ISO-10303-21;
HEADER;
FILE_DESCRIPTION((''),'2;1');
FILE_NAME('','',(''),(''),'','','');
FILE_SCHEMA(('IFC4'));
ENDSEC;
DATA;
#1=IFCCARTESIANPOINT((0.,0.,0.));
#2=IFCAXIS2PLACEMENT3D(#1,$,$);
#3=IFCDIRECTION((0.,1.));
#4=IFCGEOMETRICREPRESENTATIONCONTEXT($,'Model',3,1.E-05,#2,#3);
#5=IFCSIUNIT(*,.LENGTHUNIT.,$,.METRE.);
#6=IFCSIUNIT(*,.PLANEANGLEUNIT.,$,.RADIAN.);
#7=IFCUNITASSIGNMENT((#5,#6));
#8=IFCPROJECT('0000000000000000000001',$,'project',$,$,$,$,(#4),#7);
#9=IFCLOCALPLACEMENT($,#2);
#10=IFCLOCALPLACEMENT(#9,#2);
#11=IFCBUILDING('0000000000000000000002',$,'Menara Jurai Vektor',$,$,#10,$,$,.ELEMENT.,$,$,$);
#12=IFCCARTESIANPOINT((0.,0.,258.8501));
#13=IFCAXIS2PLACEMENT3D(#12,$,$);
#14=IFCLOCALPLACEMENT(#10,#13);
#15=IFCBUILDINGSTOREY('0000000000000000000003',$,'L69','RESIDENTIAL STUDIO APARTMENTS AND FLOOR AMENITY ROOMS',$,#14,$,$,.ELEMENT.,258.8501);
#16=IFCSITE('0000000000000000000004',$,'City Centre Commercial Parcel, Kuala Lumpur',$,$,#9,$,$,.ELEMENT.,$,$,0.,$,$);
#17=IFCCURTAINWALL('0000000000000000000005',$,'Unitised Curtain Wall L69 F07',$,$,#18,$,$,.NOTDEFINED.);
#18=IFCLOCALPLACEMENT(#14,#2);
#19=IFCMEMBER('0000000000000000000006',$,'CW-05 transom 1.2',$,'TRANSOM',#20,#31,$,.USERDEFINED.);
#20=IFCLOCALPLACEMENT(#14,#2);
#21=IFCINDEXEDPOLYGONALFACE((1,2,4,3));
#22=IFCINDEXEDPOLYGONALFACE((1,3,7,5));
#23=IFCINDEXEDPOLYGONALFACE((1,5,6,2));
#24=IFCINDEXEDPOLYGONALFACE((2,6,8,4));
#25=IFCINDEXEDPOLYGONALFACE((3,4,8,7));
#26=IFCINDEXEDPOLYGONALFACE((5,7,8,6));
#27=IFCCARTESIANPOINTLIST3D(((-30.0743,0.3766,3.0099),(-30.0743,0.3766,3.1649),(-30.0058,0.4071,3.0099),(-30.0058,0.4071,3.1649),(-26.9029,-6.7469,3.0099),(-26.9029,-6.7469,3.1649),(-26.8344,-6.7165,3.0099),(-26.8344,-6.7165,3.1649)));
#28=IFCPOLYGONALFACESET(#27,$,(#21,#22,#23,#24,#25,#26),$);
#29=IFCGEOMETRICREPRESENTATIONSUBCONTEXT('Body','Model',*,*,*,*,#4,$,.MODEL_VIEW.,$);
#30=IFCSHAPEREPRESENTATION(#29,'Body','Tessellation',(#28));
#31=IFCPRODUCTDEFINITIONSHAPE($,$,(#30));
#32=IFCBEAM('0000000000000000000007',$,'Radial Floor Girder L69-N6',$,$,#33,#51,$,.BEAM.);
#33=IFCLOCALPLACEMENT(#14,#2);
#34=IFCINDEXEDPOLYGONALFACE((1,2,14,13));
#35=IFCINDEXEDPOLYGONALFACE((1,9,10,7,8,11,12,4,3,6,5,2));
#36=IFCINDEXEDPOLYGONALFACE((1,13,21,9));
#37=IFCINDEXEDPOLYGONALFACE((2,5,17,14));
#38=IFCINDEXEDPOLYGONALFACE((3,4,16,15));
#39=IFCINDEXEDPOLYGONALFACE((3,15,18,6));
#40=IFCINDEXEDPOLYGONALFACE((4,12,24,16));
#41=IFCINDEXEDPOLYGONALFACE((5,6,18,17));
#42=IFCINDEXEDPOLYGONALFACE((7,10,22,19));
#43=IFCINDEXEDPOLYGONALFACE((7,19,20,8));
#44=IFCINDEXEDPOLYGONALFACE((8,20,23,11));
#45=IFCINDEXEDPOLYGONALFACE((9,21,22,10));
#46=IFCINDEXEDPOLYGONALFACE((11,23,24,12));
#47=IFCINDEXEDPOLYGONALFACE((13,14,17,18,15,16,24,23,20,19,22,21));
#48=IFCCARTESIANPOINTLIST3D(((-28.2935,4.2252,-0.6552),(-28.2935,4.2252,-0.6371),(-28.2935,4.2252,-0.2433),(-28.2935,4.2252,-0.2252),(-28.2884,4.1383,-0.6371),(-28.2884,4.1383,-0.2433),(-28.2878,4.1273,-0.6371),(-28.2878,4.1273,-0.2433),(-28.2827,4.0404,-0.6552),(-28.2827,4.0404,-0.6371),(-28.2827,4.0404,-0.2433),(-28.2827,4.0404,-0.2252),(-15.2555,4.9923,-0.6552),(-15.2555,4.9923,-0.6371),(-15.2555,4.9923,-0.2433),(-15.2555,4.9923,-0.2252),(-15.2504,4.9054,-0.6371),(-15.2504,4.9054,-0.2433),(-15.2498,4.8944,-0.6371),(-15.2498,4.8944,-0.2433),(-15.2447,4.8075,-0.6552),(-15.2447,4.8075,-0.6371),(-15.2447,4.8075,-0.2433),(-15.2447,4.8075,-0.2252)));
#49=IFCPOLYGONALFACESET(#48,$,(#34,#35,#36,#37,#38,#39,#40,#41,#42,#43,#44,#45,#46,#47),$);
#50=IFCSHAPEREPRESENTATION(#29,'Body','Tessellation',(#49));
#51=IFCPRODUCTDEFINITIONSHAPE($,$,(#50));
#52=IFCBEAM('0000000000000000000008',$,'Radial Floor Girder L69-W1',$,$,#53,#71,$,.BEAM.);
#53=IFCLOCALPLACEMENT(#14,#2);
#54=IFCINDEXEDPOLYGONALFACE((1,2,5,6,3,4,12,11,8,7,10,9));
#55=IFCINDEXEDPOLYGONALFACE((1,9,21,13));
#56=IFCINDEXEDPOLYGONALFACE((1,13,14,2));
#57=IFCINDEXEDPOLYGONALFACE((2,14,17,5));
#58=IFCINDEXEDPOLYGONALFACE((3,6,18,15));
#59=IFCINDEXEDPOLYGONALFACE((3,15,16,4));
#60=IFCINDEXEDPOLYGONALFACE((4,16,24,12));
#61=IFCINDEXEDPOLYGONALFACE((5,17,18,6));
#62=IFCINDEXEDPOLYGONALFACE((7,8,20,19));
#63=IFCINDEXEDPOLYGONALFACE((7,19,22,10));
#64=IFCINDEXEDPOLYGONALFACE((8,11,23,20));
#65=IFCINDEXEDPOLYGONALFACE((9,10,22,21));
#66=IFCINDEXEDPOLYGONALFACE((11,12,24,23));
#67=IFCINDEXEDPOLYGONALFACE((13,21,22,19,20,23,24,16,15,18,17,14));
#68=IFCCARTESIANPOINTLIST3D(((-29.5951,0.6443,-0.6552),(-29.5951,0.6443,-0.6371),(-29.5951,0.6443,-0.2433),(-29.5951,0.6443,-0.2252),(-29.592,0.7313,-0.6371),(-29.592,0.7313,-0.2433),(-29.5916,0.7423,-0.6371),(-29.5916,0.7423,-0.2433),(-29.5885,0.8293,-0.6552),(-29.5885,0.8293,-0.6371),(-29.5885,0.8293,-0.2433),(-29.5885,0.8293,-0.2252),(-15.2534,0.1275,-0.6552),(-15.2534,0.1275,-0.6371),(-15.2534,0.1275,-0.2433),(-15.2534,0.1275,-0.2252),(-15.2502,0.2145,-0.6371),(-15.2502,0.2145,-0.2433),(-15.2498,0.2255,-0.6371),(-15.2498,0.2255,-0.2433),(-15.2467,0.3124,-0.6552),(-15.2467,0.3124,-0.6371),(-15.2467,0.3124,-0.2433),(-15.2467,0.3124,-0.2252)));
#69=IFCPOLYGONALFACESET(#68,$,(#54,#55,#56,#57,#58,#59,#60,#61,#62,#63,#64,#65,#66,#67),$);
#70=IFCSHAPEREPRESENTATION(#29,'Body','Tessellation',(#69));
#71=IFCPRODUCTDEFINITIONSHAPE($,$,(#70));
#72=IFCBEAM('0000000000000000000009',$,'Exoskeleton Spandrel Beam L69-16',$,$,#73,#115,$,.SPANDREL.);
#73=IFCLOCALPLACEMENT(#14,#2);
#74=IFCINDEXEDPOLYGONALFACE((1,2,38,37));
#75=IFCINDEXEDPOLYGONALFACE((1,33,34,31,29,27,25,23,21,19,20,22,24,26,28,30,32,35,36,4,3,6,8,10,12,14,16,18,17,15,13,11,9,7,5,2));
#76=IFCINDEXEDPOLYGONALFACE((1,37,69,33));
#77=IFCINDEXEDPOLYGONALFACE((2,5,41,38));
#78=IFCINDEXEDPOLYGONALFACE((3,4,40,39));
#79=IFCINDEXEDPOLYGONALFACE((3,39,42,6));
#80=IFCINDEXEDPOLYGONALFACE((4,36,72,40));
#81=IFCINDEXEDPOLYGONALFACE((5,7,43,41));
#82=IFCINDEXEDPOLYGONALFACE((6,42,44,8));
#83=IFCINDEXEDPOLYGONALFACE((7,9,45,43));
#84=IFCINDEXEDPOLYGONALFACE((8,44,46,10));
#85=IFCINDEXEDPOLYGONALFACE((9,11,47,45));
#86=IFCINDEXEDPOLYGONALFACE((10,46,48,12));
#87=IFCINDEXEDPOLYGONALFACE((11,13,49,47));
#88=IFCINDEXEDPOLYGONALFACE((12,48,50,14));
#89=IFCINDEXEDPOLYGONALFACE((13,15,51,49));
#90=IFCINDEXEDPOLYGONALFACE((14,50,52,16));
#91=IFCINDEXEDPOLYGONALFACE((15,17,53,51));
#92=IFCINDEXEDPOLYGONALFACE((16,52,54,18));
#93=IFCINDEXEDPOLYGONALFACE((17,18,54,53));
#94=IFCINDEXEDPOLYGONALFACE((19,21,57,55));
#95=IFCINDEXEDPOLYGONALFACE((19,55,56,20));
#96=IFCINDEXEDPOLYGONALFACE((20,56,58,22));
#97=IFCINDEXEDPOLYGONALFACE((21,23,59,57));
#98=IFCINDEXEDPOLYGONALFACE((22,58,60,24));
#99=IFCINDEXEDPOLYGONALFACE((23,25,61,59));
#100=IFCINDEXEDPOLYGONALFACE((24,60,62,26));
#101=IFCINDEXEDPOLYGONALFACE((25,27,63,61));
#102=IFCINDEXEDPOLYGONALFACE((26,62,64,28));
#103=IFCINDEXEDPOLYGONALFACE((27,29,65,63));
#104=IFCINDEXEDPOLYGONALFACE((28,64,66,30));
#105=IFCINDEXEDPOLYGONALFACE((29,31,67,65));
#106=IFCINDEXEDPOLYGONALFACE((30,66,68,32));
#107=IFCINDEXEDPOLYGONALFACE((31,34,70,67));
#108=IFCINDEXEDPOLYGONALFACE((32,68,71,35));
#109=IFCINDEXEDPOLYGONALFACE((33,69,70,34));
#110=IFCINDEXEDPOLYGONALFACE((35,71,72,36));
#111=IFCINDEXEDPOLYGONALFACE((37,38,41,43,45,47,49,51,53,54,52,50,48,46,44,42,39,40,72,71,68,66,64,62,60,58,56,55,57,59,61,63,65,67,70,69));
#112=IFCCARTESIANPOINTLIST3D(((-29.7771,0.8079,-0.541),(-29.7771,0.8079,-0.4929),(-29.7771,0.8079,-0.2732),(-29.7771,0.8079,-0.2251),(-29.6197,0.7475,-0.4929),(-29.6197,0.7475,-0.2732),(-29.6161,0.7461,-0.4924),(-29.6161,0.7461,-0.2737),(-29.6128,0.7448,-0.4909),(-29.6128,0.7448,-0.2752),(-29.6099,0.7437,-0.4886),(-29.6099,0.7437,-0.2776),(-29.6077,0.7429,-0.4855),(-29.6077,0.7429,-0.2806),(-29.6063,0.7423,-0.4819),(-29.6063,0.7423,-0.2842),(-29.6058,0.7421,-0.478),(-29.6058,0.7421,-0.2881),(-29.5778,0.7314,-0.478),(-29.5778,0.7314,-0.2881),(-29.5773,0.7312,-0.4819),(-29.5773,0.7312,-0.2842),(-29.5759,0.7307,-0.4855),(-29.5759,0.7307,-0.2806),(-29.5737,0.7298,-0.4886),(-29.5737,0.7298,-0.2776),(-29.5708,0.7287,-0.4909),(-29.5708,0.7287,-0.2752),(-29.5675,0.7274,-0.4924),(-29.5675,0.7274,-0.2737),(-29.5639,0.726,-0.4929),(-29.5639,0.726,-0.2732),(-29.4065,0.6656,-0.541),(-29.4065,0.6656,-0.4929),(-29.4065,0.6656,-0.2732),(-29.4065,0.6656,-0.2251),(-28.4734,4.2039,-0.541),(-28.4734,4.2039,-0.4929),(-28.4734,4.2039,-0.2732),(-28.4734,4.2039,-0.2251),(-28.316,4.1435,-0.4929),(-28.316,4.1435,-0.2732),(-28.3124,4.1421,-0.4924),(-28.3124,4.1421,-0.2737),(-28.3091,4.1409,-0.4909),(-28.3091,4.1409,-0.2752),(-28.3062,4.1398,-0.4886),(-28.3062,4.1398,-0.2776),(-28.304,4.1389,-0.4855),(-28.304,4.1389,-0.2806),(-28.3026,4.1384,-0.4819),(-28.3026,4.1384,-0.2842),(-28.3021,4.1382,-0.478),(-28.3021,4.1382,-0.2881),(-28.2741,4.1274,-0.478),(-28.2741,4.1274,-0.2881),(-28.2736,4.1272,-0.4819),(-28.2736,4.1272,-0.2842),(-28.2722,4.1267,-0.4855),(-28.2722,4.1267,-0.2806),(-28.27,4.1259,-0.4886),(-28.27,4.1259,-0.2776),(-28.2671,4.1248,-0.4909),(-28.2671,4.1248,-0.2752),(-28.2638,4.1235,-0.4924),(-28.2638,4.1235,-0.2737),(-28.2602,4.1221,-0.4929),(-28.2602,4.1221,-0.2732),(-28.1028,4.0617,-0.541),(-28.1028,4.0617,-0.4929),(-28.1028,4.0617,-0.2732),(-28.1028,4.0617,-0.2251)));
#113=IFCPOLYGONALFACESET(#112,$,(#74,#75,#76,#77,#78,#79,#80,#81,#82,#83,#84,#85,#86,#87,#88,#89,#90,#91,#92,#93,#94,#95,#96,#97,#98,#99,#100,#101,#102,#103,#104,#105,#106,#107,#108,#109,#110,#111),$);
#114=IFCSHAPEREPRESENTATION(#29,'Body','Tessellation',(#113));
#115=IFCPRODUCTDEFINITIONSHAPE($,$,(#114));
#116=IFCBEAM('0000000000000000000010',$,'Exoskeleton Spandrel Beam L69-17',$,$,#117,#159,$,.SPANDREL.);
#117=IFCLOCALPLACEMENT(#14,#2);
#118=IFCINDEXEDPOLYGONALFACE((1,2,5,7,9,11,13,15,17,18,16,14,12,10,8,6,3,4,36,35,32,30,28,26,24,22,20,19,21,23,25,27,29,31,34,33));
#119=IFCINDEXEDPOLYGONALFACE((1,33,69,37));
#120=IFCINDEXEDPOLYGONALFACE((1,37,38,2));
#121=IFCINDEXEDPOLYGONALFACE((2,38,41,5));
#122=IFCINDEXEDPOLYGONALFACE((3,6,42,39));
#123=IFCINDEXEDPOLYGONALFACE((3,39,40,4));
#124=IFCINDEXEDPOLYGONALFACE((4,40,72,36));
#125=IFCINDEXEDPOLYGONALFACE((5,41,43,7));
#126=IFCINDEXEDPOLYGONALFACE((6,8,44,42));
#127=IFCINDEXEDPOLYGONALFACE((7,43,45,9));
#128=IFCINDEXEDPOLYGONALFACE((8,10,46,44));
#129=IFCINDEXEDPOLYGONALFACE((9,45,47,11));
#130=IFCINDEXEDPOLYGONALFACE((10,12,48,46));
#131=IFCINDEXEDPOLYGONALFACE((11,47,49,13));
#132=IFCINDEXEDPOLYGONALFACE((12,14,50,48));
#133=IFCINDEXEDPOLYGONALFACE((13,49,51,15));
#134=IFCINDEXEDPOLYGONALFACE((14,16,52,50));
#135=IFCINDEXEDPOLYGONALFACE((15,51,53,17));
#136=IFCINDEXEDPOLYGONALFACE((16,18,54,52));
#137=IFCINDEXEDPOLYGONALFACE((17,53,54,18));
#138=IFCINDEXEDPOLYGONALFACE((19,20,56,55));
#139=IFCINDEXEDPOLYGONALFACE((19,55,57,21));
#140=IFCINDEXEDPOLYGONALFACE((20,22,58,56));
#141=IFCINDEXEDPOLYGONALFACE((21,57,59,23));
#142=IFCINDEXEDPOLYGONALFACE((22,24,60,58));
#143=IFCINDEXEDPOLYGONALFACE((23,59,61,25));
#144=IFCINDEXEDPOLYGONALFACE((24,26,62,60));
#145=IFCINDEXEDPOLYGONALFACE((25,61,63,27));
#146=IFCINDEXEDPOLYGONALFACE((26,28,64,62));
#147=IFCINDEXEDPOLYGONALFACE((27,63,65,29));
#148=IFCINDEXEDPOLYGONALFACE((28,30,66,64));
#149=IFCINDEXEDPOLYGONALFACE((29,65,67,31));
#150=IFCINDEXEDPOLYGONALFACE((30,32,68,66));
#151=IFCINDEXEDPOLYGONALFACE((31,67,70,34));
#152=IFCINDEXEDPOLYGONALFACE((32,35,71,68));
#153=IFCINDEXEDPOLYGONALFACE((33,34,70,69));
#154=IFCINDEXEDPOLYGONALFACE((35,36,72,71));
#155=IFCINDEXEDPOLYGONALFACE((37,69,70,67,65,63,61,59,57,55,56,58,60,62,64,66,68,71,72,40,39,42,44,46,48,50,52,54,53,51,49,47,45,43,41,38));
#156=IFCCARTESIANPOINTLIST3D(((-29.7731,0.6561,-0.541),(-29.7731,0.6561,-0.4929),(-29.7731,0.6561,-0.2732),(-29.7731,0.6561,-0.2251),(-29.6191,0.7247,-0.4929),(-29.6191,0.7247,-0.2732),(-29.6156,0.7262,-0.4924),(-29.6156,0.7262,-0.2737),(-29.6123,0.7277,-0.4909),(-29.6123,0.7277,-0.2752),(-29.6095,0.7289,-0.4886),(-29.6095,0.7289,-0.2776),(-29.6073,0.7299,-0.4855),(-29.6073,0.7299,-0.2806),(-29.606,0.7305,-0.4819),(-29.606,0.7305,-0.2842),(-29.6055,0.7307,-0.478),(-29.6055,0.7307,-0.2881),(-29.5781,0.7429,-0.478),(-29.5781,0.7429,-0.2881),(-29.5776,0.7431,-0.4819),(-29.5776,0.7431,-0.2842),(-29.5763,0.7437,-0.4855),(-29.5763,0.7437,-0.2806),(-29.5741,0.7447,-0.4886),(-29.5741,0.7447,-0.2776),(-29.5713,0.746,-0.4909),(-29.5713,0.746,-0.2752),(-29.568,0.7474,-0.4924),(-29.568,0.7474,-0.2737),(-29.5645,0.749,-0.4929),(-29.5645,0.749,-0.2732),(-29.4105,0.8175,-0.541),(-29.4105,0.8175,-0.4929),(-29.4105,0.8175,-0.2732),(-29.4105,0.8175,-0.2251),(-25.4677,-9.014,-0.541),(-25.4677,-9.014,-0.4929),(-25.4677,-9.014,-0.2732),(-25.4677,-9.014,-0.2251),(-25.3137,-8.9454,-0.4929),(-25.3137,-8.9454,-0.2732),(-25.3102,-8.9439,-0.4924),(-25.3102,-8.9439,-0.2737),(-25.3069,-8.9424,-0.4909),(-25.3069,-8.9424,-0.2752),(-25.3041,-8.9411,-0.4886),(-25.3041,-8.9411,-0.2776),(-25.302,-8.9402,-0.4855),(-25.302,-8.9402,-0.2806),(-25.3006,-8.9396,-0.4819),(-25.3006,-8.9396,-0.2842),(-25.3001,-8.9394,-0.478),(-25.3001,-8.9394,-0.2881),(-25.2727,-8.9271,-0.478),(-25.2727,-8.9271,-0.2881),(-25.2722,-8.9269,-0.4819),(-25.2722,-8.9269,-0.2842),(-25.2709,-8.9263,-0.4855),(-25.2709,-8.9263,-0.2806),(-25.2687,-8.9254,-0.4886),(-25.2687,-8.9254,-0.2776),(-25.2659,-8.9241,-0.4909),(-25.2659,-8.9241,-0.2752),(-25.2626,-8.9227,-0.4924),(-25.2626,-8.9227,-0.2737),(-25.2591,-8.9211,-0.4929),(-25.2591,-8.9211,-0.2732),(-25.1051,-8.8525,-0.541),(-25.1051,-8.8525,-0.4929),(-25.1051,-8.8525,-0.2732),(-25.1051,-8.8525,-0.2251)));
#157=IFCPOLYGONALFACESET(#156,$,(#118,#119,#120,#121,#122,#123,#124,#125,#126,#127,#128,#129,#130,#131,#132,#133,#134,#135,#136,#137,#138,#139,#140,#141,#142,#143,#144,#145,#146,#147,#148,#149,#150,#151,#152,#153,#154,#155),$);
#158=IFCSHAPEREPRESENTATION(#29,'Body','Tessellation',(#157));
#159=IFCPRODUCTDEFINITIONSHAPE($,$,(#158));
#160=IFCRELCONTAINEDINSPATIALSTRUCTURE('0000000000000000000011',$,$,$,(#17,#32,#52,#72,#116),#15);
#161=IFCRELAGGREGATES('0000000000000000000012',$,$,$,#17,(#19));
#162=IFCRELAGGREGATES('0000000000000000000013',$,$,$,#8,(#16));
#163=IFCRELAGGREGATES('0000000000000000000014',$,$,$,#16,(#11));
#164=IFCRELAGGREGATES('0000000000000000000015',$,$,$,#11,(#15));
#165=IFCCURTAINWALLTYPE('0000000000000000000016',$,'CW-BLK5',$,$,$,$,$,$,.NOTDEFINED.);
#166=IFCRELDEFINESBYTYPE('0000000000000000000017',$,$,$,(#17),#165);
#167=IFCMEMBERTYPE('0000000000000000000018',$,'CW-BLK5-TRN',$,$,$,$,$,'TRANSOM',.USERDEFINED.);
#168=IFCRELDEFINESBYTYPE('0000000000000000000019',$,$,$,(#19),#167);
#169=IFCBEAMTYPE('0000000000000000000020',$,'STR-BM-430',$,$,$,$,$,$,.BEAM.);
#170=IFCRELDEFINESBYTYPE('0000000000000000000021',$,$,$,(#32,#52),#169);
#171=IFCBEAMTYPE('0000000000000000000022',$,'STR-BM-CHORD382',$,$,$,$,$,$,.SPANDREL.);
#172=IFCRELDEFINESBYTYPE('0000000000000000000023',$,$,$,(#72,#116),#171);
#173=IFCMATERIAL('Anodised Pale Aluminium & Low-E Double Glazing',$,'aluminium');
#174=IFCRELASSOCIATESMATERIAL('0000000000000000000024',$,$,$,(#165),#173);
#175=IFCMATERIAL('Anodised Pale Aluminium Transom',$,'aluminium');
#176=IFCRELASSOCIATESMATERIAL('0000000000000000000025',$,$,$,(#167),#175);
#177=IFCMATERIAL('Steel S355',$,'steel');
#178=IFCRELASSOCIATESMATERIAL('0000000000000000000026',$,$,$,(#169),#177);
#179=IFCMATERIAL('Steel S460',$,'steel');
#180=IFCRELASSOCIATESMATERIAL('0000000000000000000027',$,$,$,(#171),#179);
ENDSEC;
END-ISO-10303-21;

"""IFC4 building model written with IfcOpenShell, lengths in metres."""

from ifc_helpers import new_model, si_unit, direction, frame, origin, origin_2d, place, context, subcontext, project, spatial, rectangle, i_section, extrude, material, material_profile, profile_set, type_object, element, aggregate, save


model = new_model("IFC4")

# Units and contexts
model_context = context("Model", 3, precision=1e-05, world=origin(), true_north=direction((0.0, 1.0)))
body_context = subcontext(model_context, "Body", "Model", "MODEL_VIEW")
ifc_project = project(units=[si_unit("LENGTHUNIT", "METRE"), si_unit("PLANEANGLEUNIT", "RADIAN")], contexts=[model_context])

# Site, building, storey
site_placement = place(None, origin())
site = spatial("IfcSite", under=ifc_project, at=site_placement, Name="City Centre Commercial Parcel, Kuala Lumpur", CompositionType="ELEMENT", RefElevation=0.0)
building_placement = place(site_placement, origin())
building = spatial("IfcBuilding", under=site, at=building_placement, Name="Menara Jurai Vektor", CompositionType="ELEMENT")
storey_placement = place(building_placement, frame((0.0, 0.0, 258.8501)))
storey = spatial("IfcBuildingStorey", under=building, at=storey_placement, Name="L69", Description="RESIDENTIAL STUDIO APARTMENTS AND FLOOR AMENITY ROOMS", CompositionType="ELEMENT", Elevation=258.8501)

# Shared definitions
ifc_material_1 = material(Name="Steel S460", Category="steel")

# Shared definitions
ifc_material_2 = material(Name="Anodised Pale Aluminium & Low-E Double Glazing", Category="aluminium")
curtain_wall_type = type_object("IfcCurtainWallType", Name="CW-BLK5", PredefinedType="NOTDEFINED", material=ifc_material_2)

# Curtain wall
curtain_wall_1_placement = place(storey_placement, origin())
curtain_wall_1 = element("IfcCurtainWall", 1, at=curtain_wall_1_placement, inside=storey, type_object=curtain_wall_type, Name="Unitised Curtain Wall L69 F07", PredefinedType="NOTDEFINED")

# Member
ifc_material_3 = material(Name="Anodised Pale Aluminium Transom", Category="aluminium")
ifc_material_profile_1 = material_profile(ifc_material_3, rectangle(XDim=0.075, YDim=0.155, at=origin_2d()), Name="ALU TRN 75x155")
ifc_profile_set_1 = profile_set([ifc_material_profile_1], Name="Anodised Pale Aluminium Transom")
member_type_1 = type_object("IfcMemberType", Name="CW-BLK5-TRN", ElementType="TRANSOM", PredefinedType="USERDEFINED", material=ifc_profile_set_1)
member_1_placement = place(storey_placement, frame((-30.04, 0.3918, 3.0874), z_axis=(0.406714, -0.913556, 0.0), x_axis=(0.913556, 0.406714, 0.0)))
member_1 = element("IfcMember", 2, at=member_1_placement, type_object=member_type_1, Name="CW-05 transom 1.2", ObjectType="TRANSOM", PredefinedType="USERDEFINED", context=body_context, shape_type="SweptSolid", body=[
    extrude(rectangle(XDim=0.075, YDim=0.155, at=origin_2d()), origin(), (0.0, 0.0, 1.0), 7.7976),
])
aggregate(curtain_wall_1, [member_1])

# Beams
ifc_material_4 = material(Name="Steel S355", Category="steel")
ifc_material_profile_2 = material_profile(ifc_material_4, i_section(OverallWidth=0.1851, OverallDepth=0.4299, WebThickness=0.011, FlangeThickness=0.0181, at=origin_2d()), Name="PG 430x185x76")
ifc_profile_set_2 = profile_set([ifc_material_profile_2], Name="Steel S355")
beam_type_1 = type_object("IfcBeamType", Name="STR-BM-430", PredefinedType="BEAM", material=ifc_profile_set_2)
beam_1_placement = place(storey_placement, frame((-28.2881, 4.1328, -0.4402), z_axis=(0.998274, 0.058733, 0.0), x_axis=(-0.058733, 0.998274, 0.0)))
element("IfcBeam", 3, at=beam_1_placement, inside=storey, type_object=beam_type_1, Name="Radial Floor Girder L69-N6", PredefinedType="BEAM", context=body_context, shape_type="SweptSolid", body=[
    extrude(i_section(OverallWidth=0.1851, OverallDepth=0.4299, WebThickness=0.011, FlangeThickness=0.0181, at=origin_2d()), origin(), (0.0, 0.0, 1.0), 13.0605),
])
beam_2_placement = place(storey_placement, frame((-29.5918, 0.7368, -0.4402), z_axis=(0.999351, -0.036014, 0.0), x_axis=(0.036014, 0.999351, 0.0)))
element("IfcBeam", 4, at=beam_2_placement, inside=storey, type_object=beam_type_1, Name="Radial Floor Girder L69-W1", PredefinedType="BEAM", context=body_context, shape_type="SweptSolid", body=[
    extrude(i_section(OverallWidth=0.1851, OverallDepth=0.4299, WebThickness=0.011, FlangeThickness=0.0181, at=origin_2d()), origin(), (0.0, 0.0, 1.0), 14.3511),
])
ifc_material_profile_3 = material_profile(ifc_material_1, i_section(OverallWidth=0.397, OverallDepth=0.3159, WebThickness=0.03, FlangeThickness=0.0481, FilletRadius=0.0149, at=origin_2d()), Name="HD 400x382")
ifc_profile_set_3 = profile_set([ifc_material_profile_3], Name="Steel S460")
beam_type_2 = type_object("IfcBeamType", Name="STR-BM-CHORD382", PredefinedType="SPANDREL", material=ifc_profile_set_3)
beam_3_placement = place(storey_placement, frame((-28.2881, 4.1328, -0.3831), z_axis=(-0.358394, -0.93357, 0.0), x_axis=(0.93357, -0.358394, 0.0)))
element("IfcBeam", 5, at=beam_3_placement, inside=storey, type_object=beam_type_2, Name="Exoskeleton Spandrel Beam L69-16", PredefinedType="SPANDREL", context=body_context, shape_type="SweptSolid", body=[
    extrude(i_section(OverallWidth=0.397, OverallDepth=0.3159, WebThickness=0.03, FlangeThickness=0.0481, FilletRadius=0.0149, at=origin_2d()), origin(), (0.0, 0.0, 1.0), 3.6377),
])
beam_4_placement = place(storey_placement, frame((-29.5918, 0.7368, -0.3831), z_axis=(0.406735, -0.913546, 0.0), x_axis=(0.913546, 0.406735, 0.0)))
element("IfcBeam", 6, at=beam_4_placement, inside=storey, type_object=beam_type_2, Name="Exoskeleton Spandrel Beam L69-17", PredefinedType="SPANDREL", context=body_context, shape_type="SweptSolid", body=[
    extrude(i_section(OverallWidth=0.397, OverallDepth=0.3159, WebThickness=0.03, FlangeThickness=0.0481, FilletRadius=0.0149, at=origin_2d()), origin(), (0.0, 0.0, 1.0), 10.5852),
])

save(model, "model.ifc")
